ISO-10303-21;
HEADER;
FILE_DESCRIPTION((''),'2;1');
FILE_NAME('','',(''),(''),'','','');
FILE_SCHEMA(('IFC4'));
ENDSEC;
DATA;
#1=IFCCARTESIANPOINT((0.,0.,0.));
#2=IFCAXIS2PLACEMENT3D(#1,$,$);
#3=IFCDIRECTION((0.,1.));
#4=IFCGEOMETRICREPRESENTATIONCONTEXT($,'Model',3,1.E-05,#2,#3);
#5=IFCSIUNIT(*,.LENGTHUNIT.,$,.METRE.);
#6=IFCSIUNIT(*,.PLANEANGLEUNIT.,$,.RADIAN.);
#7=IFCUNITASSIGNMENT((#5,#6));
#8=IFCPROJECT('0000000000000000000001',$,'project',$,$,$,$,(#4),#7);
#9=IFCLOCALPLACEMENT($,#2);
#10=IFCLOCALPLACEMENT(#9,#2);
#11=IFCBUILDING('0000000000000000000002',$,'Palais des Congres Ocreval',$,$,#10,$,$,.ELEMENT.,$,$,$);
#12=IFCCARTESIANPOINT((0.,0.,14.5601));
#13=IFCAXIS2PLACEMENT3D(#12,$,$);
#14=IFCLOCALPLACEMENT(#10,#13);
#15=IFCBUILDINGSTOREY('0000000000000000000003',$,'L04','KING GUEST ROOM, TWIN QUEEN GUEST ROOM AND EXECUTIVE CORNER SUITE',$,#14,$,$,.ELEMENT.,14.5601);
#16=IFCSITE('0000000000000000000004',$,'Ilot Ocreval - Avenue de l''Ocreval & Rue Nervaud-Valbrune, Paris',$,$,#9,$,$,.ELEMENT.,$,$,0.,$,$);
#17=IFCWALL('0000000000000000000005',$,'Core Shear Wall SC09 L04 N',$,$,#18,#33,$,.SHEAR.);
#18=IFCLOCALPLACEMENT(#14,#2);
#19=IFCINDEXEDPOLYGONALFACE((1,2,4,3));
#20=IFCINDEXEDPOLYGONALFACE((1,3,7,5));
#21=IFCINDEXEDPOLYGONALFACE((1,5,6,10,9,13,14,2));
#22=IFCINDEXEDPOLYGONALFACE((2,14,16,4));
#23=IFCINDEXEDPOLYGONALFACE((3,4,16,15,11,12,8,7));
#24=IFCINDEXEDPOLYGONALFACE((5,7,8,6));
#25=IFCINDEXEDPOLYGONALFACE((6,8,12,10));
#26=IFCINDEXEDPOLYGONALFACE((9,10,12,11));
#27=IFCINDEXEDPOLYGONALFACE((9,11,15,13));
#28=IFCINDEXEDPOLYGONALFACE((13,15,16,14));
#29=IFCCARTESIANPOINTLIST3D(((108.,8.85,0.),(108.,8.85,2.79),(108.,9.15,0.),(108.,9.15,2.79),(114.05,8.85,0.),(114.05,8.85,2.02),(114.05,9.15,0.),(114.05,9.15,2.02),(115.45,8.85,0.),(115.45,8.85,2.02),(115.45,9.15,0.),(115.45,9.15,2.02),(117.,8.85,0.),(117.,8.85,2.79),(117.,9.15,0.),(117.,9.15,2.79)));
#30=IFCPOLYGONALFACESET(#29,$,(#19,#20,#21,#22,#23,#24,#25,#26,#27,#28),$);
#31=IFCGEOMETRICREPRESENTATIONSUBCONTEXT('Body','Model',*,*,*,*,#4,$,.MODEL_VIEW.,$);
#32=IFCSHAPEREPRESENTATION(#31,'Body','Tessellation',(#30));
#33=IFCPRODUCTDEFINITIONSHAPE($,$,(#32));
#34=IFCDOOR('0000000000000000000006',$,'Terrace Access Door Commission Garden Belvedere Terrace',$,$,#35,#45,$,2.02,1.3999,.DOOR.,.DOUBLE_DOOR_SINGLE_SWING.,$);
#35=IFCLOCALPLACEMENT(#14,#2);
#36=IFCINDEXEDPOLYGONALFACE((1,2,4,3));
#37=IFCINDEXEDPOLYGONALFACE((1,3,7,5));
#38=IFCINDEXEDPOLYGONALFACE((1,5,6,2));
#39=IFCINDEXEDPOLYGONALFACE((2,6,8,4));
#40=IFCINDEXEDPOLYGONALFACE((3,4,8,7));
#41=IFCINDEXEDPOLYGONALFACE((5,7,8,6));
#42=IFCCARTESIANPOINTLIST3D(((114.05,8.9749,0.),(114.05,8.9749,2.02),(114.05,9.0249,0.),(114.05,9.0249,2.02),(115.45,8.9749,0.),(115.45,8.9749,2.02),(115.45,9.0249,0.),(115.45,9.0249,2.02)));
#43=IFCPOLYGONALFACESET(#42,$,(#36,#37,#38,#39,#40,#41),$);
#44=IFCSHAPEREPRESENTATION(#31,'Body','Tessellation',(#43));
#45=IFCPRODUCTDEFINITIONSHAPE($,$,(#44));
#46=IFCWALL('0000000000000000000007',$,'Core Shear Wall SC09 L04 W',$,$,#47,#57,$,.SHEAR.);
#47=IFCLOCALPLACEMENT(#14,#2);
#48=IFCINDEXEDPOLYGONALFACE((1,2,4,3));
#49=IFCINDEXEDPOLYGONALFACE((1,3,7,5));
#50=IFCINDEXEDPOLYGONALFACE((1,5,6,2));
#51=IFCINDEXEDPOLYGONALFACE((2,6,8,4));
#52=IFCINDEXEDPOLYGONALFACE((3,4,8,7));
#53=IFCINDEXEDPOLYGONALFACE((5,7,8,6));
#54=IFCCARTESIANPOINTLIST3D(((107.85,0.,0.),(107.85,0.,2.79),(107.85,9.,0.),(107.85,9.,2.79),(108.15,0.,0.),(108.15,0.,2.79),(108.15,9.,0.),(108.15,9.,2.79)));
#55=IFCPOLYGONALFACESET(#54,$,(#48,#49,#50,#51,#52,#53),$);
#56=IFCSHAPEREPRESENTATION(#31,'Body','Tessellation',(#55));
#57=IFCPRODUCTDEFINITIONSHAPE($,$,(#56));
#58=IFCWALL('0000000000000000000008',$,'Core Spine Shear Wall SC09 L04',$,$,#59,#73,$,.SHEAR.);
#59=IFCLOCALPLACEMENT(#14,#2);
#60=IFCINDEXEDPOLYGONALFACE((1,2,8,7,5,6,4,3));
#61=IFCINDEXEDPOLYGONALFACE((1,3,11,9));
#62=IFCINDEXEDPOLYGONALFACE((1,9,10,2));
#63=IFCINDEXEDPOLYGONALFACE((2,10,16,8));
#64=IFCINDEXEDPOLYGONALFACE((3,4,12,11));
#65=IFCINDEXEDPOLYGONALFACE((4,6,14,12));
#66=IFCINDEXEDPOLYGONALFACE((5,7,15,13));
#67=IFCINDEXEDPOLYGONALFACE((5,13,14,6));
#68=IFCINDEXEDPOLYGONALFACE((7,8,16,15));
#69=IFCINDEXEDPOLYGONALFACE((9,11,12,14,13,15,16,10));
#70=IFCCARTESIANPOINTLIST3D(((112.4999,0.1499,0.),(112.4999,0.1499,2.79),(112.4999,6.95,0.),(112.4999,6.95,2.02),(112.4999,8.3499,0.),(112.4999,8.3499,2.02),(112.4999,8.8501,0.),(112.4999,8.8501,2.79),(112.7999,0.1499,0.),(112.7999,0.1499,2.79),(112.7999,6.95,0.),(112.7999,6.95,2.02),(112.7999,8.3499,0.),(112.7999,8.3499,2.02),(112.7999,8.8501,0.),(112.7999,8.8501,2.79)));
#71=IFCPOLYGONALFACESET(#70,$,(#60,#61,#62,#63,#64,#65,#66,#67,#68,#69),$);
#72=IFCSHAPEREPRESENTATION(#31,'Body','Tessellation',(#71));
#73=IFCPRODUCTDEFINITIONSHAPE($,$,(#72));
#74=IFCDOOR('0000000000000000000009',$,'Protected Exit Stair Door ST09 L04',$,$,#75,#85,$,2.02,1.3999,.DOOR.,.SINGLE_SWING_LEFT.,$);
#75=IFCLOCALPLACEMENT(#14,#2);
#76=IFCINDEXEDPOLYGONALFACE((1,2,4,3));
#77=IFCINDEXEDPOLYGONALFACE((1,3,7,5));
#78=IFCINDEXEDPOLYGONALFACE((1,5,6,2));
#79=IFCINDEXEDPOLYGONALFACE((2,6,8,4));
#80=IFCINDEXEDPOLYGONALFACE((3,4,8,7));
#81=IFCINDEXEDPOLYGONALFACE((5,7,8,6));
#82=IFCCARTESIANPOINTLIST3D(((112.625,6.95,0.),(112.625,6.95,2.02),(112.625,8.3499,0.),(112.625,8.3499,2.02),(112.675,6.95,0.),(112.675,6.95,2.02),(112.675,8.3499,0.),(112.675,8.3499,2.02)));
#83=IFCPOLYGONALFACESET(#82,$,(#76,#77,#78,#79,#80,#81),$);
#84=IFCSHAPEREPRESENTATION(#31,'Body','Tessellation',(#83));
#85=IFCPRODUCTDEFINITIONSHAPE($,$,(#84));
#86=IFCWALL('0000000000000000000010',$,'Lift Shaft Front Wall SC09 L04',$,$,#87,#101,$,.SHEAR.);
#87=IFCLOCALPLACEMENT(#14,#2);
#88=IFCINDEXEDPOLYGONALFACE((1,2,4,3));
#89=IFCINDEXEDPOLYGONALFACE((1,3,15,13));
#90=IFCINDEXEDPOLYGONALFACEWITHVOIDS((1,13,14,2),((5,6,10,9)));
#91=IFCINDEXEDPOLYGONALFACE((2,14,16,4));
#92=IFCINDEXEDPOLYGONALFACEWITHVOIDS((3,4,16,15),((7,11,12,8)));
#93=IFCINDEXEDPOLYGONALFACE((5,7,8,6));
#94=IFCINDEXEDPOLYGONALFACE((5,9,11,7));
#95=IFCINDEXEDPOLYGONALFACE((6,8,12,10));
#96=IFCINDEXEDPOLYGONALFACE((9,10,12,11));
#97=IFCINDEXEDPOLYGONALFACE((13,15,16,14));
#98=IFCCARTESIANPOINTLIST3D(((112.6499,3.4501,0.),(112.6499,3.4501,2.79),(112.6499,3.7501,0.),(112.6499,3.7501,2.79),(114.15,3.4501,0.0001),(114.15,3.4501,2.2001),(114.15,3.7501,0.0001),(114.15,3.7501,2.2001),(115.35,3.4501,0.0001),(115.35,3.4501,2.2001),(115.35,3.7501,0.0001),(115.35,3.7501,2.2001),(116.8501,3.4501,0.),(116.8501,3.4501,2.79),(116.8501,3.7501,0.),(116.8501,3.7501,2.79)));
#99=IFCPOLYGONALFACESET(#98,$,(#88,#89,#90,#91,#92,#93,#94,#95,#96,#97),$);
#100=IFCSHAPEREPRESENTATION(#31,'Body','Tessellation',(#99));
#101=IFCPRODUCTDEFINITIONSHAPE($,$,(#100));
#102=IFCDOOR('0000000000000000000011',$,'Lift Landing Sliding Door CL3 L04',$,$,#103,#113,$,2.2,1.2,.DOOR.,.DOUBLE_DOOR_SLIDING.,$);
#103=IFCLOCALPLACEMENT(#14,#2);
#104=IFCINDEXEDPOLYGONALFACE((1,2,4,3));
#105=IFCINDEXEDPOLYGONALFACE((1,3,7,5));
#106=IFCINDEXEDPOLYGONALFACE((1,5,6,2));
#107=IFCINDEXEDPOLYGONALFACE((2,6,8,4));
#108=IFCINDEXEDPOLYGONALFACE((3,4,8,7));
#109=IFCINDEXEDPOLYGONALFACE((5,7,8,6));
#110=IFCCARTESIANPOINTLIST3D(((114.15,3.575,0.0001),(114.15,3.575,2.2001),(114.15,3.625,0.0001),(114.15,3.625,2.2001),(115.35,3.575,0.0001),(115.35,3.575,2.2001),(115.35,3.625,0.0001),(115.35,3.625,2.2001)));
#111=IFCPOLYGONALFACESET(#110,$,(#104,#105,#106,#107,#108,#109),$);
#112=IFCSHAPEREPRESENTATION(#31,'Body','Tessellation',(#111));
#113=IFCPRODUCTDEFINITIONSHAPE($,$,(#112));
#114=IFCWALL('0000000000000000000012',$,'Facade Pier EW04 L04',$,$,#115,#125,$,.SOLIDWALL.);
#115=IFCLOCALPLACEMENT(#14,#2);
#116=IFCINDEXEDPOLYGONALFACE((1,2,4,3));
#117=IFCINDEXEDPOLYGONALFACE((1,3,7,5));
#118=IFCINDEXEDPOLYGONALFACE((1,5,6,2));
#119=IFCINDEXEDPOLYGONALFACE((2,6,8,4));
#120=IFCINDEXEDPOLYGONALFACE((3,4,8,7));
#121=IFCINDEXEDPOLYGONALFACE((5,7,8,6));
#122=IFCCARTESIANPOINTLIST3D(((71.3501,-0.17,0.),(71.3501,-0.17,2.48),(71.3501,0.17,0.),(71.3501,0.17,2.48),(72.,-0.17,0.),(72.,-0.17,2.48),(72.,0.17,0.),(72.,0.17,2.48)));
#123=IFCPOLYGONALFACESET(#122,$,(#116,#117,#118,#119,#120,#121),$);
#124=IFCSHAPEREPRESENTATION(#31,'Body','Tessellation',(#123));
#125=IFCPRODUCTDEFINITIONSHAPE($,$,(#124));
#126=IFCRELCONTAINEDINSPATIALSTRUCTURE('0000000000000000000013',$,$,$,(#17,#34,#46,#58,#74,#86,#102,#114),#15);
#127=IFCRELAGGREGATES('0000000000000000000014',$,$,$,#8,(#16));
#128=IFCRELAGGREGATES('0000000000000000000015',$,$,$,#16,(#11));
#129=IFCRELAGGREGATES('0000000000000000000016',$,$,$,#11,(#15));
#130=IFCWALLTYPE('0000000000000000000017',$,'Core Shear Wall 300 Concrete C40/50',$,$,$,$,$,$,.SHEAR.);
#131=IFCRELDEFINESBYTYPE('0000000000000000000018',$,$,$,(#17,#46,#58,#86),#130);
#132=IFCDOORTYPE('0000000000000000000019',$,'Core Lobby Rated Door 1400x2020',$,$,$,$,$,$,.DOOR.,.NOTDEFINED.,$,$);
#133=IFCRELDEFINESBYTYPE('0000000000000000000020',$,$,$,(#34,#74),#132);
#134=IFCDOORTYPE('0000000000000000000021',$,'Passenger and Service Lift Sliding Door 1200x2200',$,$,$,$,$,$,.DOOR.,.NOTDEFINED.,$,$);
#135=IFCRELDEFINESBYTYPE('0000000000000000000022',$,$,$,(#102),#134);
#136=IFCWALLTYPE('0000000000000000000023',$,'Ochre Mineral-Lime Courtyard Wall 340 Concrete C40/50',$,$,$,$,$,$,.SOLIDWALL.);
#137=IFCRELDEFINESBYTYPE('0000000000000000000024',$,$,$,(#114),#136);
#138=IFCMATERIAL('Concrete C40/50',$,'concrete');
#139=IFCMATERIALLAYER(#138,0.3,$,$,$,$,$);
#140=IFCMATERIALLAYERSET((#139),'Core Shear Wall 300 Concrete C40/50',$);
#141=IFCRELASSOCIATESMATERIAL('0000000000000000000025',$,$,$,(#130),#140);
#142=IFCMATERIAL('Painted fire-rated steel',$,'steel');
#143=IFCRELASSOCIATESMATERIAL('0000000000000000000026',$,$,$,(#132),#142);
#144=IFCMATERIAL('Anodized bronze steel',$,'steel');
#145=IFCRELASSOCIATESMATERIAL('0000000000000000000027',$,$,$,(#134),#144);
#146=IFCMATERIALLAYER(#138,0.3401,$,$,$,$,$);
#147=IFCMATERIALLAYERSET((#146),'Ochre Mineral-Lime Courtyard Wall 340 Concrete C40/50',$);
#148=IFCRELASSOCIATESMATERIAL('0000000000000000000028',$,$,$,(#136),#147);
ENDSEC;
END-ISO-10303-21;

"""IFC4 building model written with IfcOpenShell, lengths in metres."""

from ifc_helpers import new_model, si_unit, direction, frame, frame_2d, origin, place, context, subcontext, project, spatial, rectangle, extrude, material, layer, layer_set, type_object, element, fill, save


model = new_model("IFC4")

# Units and contexts
model_context = context("Model", 3, precision=1e-05, world=origin(), true_north=direction((0.0, 1.0)))
body_context = subcontext(model_context, "Body", "Model", "MODEL_VIEW")
ifc_project = project(units=[si_unit("LENGTHUNIT", "METRE"), si_unit("PLANEANGLEUNIT", "RADIAN")], contexts=[model_context])

# Site, building, storey
site_placement = place(None, origin())
site = spatial("IfcSite", under=ifc_project, at=site_placement, Name="Ilot Ocreval - Avenue de l'Ocreval & Rue Nervaud-Valbrune, Paris", CompositionType="ELEMENT", RefElevation=0.0)
building_placement = place(site_placement, origin())
building = spatial("IfcBuilding", under=site, at=building_placement, Name="Palais des Congres Ocreval", CompositionType="ELEMENT")
storey_placement = place(building_placement, frame((0.0, 0.0, 14.5601)))
storey = spatial("IfcBuildingStorey", under=building, at=storey_placement, Name="L04", Description="KING GUEST ROOM, TWIN QUEEN GUEST ROOM AND EXECUTIVE CORNER SUITE", CompositionType="ELEMENT", Elevation=14.5601)

# Shared definitions
ifc_material_1 = material(Name="Concrete C40/50", Category="concrete")
ifc_layer_1 = layer(ifc_material_1, 0.3)
ifc_layer_set_1 = layer_set([ifc_layer_1], Name="Core Shear Wall 300 Concrete C40/50")
wall_type_1 = type_object("IfcWallType", Name="Core Shear Wall 300 Concrete C40/50", PredefinedType="SHEAR", material=ifc_layer_set_1)

# Wall, opening, door
wall_1_placement = place(storey_placement, frame((108.0, 9.0, 0.0), z_axis=(0.0, 0.0, 1.0), x_axis=(1.0, 0.0, 0.0)))
wall_1 = element("IfcWall", 1, at=wall_1_placement, inside=storey, type_object=wall_type_1, Name="Core Shear Wall SC09 L04 N", PredefinedType="SHEAR", context=body_context, shape_type="SweptSolid", body=[
    extrude(rectangle(XDim=9.0, YDim=0.3, at=frame_2d((4.5, 0.0))), origin(), (0.0, 0.0, 1.0), 2.79),
])
opening_1_placement = place(wall_1_placement, frame((6.05, 0.0, 0.0)))
opening_1 = element("IfcOpeningElement", 2, at=opening_1_placement, cuts=wall_1, PredefinedType="OPENING", context=body_context, shape_type="SweptSolid", body=[
    extrude(rectangle(XDim=1.3999, YDim=2.02, at=frame_2d((0.7, 1.01))), frame((0.0, 0.1599, 0.0), z_axis=(0.0, -1.0, 0.0), x_axis=(1.0, 0.0, 0.0)), (0.0, 0.0, 1.0), 0.3201),
])
ifc_material_2 = material(Name="Painted fire-rated steel", Category="steel")
door_type_1 = type_object("IfcDoorType", Name="Core Lobby Rated Door 1400x2020", OperationType="NOTDEFINED", PredefinedType="DOOR", material=ifc_material_2)
door_1_placement = place(opening_1_placement, origin())
door_1 = element("IfcDoor", 3, at=door_1_placement, inside=storey, type_object=door_type_1, Name="Terrace Access Door Commission Garden Belvedere Terrace", OperationType="DOUBLE_DOOR_SINGLE_SWING", OverallHeight=2.02, OverallWidth=1.3999, PredefinedType="DOOR", context=body_context, shape_type="SweptSolid", body=[
    extrude(rectangle(XDim=1.3999, YDim=2.02, at=frame_2d((0.7, 1.01))), frame((0.0, 0.0249, 0.0), z_axis=(0.0, -1.0, 0.0), x_axis=(1.0, 0.0, 0.0)), (0.0, 0.0, 1.0), 0.05),
])
fill(opening_1, door_1)

# Wall
wall_2_placement = place(storey_placement, frame((108.0, 0.0, 0.0), z_axis=(0.0, 0.0, 1.0), x_axis=(0.0, 1.0, 0.0)))
element("IfcWall", 4, at=wall_2_placement, inside=storey, type_object=wall_type_1, Name="Core Shear Wall SC09 L04 W", PredefinedType="SHEAR", context=body_context, shape_type="SweptSolid", body=[
    extrude(rectangle(XDim=9.0, YDim=0.3, at=frame_2d((4.5, 0.0))), origin(), (0.0, 0.0, 1.0), 2.79),
])

# Walls, openings, doors
wall_3_placement = place(storey_placement, frame((112.6499, 0.1499, 0.0), z_axis=(0.0, 0.0, 1.0), x_axis=(0.0, 1.0, 0.0)))
wall_3 = element("IfcWall", 5, at=wall_3_placement, inside=storey, type_object=wall_type_1, Name="Core Spine Shear Wall SC09 L04", PredefinedType="SHEAR", context=body_context, shape_type="SweptSolid", body=[
    extrude(rectangle(XDim=8.7002, YDim=0.3, at=frame_2d((4.3501, 0.0))), origin(), (0.0, 0.0, 1.0), 2.79),
])
opening_2_placement = place(wall_3_placement, frame((6.8, 0.0, 0.0)))
opening_2 = element("IfcOpeningElement", 6, at=opening_2_placement, cuts=wall_3, PredefinedType="OPENING", context=body_context, shape_type="SweptSolid", body=[
    extrude(rectangle(XDim=1.3999, YDim=2.02, at=frame_2d((0.7, 1.01))), frame((0.0, 0.1599, 0.0), z_axis=(0.0, -1.0, 0.0), x_axis=(1.0, 0.0, 0.0)), (0.0, 0.0, 1.0), 0.3201),
])
door_2_placement = place(opening_2_placement, origin())
door_2 = element("IfcDoor", 7, at=door_2_placement, inside=storey, type_object=door_type_1, Name="Protected Exit Stair Door ST09 L04", OperationType="SINGLE_SWING_LEFT", OverallHeight=2.02, OverallWidth=1.3999, PredefinedType="DOOR", context=body_context, shape_type="SweptSolid", body=[
    extrude(rectangle(XDim=1.3999, YDim=2.02, at=frame_2d((0.7, 1.01))), frame((0.0, 0.0249, 0.0), z_axis=(0.0, -1.0, 0.0), x_axis=(1.0, 0.0, 0.0)), (0.0, 0.0, 1.0), 0.05),
])
fill(opening_2, door_2)
wall_4_placement = place(storey_placement, frame((112.6499, 3.6001, 0.0), z_axis=(0.0, 0.0, 1.0), x_axis=(1.0, 0.0, 0.0)))
wall_4 = element("IfcWall", 8, at=wall_4_placement, inside=storey, type_object=wall_type_1, Name="Lift Shaft Front Wall SC09 L04", PredefinedType="SHEAR", context=body_context, shape_type="SweptSolid", body=[
    extrude(rectangle(XDim=4.2002, YDim=0.3, at=frame_2d((2.1001, 0.0))), origin(), (0.0, 0.0, 1.0), 2.79),
])
opening_3_placement = place(wall_4_placement, frame((1.5, 0.0, 0.0)))
opening_3 = element("IfcOpeningElement", 9, at=opening_3_placement, cuts=wall_4, PredefinedType="OPENING", context=body_context, shape_type="SweptSolid", body=[
    extrude(rectangle(XDim=1.2, YDim=2.2, at=frame_2d((0.6001, 1.1001))), frame((0.0, 0.1599, 0.0), z_axis=(0.0, -1.0, 0.0), x_axis=(1.0, 0.0, 0.0)), (0.0, 0.0, 1.0), 0.3201),
])
ifc_material_3 = material(Name="Anodized bronze steel", Category="steel")
door_type_2 = type_object("IfcDoorType", Name="Passenger and Service Lift Sliding Door 1200x2200", OperationType="NOTDEFINED", PredefinedType="DOOR", material=ifc_material_3)
door_3_placement = place(opening_3_placement, origin())
door_3 = element("IfcDoor", 10, at=door_3_placement, inside=storey, type_object=door_type_2, Name="Lift Landing Sliding Door CL3 L04", OperationType="DOUBLE_DOOR_SLIDING", OverallHeight=2.2, OverallWidth=1.2, PredefinedType="DOOR", context=body_context, shape_type="SweptSolid", body=[
    extrude(rectangle(XDim=1.2, YDim=2.2, at=frame_2d((0.6001, 1.1001))), frame((0.0, 0.0249, 0.0), z_axis=(0.0, -1.0, 0.0), x_axis=(1.0, 0.0, 0.0)), (0.0, 0.0, 1.0), 0.05),
])
fill(opening_3, door_3)

# Wall
ifc_layer_2 = layer(ifc_material_1, 0.3401)
ifc_layer_set_2 = layer_set([ifc_layer_2], Name="Ochre Mineral-Lime Courtyard Wall 340 Concrete C40/50")
wall_type_2 = type_object("IfcWallType", Name="Ochre Mineral-Lime Courtyard Wall 340 Concrete C40/50", PredefinedType="SOLIDWALL", material=ifc_layer_set_2)
wall_5_placement = place(storey_placement, frame((72.0, 0.0, 0.0), z_axis=(0.0, 0.0, 1.0), x_axis=(-1.0, 0.0, 0.0)))
element("IfcWall", 11, at=wall_5_placement, inside=storey, type_object=wall_type_2, Name="Facade Pier EW04 L04", PredefinedType="SOLIDWALL", context=body_context, shape_type="SweptSolid", body=[
    extrude(rectangle(XDim=0.6499, YDim=0.3401, at=frame_2d((0.325, 0.0))), origin(), (0.0, 0.0, 1.0), 2.48),
])

save(model, "model.ifc")
